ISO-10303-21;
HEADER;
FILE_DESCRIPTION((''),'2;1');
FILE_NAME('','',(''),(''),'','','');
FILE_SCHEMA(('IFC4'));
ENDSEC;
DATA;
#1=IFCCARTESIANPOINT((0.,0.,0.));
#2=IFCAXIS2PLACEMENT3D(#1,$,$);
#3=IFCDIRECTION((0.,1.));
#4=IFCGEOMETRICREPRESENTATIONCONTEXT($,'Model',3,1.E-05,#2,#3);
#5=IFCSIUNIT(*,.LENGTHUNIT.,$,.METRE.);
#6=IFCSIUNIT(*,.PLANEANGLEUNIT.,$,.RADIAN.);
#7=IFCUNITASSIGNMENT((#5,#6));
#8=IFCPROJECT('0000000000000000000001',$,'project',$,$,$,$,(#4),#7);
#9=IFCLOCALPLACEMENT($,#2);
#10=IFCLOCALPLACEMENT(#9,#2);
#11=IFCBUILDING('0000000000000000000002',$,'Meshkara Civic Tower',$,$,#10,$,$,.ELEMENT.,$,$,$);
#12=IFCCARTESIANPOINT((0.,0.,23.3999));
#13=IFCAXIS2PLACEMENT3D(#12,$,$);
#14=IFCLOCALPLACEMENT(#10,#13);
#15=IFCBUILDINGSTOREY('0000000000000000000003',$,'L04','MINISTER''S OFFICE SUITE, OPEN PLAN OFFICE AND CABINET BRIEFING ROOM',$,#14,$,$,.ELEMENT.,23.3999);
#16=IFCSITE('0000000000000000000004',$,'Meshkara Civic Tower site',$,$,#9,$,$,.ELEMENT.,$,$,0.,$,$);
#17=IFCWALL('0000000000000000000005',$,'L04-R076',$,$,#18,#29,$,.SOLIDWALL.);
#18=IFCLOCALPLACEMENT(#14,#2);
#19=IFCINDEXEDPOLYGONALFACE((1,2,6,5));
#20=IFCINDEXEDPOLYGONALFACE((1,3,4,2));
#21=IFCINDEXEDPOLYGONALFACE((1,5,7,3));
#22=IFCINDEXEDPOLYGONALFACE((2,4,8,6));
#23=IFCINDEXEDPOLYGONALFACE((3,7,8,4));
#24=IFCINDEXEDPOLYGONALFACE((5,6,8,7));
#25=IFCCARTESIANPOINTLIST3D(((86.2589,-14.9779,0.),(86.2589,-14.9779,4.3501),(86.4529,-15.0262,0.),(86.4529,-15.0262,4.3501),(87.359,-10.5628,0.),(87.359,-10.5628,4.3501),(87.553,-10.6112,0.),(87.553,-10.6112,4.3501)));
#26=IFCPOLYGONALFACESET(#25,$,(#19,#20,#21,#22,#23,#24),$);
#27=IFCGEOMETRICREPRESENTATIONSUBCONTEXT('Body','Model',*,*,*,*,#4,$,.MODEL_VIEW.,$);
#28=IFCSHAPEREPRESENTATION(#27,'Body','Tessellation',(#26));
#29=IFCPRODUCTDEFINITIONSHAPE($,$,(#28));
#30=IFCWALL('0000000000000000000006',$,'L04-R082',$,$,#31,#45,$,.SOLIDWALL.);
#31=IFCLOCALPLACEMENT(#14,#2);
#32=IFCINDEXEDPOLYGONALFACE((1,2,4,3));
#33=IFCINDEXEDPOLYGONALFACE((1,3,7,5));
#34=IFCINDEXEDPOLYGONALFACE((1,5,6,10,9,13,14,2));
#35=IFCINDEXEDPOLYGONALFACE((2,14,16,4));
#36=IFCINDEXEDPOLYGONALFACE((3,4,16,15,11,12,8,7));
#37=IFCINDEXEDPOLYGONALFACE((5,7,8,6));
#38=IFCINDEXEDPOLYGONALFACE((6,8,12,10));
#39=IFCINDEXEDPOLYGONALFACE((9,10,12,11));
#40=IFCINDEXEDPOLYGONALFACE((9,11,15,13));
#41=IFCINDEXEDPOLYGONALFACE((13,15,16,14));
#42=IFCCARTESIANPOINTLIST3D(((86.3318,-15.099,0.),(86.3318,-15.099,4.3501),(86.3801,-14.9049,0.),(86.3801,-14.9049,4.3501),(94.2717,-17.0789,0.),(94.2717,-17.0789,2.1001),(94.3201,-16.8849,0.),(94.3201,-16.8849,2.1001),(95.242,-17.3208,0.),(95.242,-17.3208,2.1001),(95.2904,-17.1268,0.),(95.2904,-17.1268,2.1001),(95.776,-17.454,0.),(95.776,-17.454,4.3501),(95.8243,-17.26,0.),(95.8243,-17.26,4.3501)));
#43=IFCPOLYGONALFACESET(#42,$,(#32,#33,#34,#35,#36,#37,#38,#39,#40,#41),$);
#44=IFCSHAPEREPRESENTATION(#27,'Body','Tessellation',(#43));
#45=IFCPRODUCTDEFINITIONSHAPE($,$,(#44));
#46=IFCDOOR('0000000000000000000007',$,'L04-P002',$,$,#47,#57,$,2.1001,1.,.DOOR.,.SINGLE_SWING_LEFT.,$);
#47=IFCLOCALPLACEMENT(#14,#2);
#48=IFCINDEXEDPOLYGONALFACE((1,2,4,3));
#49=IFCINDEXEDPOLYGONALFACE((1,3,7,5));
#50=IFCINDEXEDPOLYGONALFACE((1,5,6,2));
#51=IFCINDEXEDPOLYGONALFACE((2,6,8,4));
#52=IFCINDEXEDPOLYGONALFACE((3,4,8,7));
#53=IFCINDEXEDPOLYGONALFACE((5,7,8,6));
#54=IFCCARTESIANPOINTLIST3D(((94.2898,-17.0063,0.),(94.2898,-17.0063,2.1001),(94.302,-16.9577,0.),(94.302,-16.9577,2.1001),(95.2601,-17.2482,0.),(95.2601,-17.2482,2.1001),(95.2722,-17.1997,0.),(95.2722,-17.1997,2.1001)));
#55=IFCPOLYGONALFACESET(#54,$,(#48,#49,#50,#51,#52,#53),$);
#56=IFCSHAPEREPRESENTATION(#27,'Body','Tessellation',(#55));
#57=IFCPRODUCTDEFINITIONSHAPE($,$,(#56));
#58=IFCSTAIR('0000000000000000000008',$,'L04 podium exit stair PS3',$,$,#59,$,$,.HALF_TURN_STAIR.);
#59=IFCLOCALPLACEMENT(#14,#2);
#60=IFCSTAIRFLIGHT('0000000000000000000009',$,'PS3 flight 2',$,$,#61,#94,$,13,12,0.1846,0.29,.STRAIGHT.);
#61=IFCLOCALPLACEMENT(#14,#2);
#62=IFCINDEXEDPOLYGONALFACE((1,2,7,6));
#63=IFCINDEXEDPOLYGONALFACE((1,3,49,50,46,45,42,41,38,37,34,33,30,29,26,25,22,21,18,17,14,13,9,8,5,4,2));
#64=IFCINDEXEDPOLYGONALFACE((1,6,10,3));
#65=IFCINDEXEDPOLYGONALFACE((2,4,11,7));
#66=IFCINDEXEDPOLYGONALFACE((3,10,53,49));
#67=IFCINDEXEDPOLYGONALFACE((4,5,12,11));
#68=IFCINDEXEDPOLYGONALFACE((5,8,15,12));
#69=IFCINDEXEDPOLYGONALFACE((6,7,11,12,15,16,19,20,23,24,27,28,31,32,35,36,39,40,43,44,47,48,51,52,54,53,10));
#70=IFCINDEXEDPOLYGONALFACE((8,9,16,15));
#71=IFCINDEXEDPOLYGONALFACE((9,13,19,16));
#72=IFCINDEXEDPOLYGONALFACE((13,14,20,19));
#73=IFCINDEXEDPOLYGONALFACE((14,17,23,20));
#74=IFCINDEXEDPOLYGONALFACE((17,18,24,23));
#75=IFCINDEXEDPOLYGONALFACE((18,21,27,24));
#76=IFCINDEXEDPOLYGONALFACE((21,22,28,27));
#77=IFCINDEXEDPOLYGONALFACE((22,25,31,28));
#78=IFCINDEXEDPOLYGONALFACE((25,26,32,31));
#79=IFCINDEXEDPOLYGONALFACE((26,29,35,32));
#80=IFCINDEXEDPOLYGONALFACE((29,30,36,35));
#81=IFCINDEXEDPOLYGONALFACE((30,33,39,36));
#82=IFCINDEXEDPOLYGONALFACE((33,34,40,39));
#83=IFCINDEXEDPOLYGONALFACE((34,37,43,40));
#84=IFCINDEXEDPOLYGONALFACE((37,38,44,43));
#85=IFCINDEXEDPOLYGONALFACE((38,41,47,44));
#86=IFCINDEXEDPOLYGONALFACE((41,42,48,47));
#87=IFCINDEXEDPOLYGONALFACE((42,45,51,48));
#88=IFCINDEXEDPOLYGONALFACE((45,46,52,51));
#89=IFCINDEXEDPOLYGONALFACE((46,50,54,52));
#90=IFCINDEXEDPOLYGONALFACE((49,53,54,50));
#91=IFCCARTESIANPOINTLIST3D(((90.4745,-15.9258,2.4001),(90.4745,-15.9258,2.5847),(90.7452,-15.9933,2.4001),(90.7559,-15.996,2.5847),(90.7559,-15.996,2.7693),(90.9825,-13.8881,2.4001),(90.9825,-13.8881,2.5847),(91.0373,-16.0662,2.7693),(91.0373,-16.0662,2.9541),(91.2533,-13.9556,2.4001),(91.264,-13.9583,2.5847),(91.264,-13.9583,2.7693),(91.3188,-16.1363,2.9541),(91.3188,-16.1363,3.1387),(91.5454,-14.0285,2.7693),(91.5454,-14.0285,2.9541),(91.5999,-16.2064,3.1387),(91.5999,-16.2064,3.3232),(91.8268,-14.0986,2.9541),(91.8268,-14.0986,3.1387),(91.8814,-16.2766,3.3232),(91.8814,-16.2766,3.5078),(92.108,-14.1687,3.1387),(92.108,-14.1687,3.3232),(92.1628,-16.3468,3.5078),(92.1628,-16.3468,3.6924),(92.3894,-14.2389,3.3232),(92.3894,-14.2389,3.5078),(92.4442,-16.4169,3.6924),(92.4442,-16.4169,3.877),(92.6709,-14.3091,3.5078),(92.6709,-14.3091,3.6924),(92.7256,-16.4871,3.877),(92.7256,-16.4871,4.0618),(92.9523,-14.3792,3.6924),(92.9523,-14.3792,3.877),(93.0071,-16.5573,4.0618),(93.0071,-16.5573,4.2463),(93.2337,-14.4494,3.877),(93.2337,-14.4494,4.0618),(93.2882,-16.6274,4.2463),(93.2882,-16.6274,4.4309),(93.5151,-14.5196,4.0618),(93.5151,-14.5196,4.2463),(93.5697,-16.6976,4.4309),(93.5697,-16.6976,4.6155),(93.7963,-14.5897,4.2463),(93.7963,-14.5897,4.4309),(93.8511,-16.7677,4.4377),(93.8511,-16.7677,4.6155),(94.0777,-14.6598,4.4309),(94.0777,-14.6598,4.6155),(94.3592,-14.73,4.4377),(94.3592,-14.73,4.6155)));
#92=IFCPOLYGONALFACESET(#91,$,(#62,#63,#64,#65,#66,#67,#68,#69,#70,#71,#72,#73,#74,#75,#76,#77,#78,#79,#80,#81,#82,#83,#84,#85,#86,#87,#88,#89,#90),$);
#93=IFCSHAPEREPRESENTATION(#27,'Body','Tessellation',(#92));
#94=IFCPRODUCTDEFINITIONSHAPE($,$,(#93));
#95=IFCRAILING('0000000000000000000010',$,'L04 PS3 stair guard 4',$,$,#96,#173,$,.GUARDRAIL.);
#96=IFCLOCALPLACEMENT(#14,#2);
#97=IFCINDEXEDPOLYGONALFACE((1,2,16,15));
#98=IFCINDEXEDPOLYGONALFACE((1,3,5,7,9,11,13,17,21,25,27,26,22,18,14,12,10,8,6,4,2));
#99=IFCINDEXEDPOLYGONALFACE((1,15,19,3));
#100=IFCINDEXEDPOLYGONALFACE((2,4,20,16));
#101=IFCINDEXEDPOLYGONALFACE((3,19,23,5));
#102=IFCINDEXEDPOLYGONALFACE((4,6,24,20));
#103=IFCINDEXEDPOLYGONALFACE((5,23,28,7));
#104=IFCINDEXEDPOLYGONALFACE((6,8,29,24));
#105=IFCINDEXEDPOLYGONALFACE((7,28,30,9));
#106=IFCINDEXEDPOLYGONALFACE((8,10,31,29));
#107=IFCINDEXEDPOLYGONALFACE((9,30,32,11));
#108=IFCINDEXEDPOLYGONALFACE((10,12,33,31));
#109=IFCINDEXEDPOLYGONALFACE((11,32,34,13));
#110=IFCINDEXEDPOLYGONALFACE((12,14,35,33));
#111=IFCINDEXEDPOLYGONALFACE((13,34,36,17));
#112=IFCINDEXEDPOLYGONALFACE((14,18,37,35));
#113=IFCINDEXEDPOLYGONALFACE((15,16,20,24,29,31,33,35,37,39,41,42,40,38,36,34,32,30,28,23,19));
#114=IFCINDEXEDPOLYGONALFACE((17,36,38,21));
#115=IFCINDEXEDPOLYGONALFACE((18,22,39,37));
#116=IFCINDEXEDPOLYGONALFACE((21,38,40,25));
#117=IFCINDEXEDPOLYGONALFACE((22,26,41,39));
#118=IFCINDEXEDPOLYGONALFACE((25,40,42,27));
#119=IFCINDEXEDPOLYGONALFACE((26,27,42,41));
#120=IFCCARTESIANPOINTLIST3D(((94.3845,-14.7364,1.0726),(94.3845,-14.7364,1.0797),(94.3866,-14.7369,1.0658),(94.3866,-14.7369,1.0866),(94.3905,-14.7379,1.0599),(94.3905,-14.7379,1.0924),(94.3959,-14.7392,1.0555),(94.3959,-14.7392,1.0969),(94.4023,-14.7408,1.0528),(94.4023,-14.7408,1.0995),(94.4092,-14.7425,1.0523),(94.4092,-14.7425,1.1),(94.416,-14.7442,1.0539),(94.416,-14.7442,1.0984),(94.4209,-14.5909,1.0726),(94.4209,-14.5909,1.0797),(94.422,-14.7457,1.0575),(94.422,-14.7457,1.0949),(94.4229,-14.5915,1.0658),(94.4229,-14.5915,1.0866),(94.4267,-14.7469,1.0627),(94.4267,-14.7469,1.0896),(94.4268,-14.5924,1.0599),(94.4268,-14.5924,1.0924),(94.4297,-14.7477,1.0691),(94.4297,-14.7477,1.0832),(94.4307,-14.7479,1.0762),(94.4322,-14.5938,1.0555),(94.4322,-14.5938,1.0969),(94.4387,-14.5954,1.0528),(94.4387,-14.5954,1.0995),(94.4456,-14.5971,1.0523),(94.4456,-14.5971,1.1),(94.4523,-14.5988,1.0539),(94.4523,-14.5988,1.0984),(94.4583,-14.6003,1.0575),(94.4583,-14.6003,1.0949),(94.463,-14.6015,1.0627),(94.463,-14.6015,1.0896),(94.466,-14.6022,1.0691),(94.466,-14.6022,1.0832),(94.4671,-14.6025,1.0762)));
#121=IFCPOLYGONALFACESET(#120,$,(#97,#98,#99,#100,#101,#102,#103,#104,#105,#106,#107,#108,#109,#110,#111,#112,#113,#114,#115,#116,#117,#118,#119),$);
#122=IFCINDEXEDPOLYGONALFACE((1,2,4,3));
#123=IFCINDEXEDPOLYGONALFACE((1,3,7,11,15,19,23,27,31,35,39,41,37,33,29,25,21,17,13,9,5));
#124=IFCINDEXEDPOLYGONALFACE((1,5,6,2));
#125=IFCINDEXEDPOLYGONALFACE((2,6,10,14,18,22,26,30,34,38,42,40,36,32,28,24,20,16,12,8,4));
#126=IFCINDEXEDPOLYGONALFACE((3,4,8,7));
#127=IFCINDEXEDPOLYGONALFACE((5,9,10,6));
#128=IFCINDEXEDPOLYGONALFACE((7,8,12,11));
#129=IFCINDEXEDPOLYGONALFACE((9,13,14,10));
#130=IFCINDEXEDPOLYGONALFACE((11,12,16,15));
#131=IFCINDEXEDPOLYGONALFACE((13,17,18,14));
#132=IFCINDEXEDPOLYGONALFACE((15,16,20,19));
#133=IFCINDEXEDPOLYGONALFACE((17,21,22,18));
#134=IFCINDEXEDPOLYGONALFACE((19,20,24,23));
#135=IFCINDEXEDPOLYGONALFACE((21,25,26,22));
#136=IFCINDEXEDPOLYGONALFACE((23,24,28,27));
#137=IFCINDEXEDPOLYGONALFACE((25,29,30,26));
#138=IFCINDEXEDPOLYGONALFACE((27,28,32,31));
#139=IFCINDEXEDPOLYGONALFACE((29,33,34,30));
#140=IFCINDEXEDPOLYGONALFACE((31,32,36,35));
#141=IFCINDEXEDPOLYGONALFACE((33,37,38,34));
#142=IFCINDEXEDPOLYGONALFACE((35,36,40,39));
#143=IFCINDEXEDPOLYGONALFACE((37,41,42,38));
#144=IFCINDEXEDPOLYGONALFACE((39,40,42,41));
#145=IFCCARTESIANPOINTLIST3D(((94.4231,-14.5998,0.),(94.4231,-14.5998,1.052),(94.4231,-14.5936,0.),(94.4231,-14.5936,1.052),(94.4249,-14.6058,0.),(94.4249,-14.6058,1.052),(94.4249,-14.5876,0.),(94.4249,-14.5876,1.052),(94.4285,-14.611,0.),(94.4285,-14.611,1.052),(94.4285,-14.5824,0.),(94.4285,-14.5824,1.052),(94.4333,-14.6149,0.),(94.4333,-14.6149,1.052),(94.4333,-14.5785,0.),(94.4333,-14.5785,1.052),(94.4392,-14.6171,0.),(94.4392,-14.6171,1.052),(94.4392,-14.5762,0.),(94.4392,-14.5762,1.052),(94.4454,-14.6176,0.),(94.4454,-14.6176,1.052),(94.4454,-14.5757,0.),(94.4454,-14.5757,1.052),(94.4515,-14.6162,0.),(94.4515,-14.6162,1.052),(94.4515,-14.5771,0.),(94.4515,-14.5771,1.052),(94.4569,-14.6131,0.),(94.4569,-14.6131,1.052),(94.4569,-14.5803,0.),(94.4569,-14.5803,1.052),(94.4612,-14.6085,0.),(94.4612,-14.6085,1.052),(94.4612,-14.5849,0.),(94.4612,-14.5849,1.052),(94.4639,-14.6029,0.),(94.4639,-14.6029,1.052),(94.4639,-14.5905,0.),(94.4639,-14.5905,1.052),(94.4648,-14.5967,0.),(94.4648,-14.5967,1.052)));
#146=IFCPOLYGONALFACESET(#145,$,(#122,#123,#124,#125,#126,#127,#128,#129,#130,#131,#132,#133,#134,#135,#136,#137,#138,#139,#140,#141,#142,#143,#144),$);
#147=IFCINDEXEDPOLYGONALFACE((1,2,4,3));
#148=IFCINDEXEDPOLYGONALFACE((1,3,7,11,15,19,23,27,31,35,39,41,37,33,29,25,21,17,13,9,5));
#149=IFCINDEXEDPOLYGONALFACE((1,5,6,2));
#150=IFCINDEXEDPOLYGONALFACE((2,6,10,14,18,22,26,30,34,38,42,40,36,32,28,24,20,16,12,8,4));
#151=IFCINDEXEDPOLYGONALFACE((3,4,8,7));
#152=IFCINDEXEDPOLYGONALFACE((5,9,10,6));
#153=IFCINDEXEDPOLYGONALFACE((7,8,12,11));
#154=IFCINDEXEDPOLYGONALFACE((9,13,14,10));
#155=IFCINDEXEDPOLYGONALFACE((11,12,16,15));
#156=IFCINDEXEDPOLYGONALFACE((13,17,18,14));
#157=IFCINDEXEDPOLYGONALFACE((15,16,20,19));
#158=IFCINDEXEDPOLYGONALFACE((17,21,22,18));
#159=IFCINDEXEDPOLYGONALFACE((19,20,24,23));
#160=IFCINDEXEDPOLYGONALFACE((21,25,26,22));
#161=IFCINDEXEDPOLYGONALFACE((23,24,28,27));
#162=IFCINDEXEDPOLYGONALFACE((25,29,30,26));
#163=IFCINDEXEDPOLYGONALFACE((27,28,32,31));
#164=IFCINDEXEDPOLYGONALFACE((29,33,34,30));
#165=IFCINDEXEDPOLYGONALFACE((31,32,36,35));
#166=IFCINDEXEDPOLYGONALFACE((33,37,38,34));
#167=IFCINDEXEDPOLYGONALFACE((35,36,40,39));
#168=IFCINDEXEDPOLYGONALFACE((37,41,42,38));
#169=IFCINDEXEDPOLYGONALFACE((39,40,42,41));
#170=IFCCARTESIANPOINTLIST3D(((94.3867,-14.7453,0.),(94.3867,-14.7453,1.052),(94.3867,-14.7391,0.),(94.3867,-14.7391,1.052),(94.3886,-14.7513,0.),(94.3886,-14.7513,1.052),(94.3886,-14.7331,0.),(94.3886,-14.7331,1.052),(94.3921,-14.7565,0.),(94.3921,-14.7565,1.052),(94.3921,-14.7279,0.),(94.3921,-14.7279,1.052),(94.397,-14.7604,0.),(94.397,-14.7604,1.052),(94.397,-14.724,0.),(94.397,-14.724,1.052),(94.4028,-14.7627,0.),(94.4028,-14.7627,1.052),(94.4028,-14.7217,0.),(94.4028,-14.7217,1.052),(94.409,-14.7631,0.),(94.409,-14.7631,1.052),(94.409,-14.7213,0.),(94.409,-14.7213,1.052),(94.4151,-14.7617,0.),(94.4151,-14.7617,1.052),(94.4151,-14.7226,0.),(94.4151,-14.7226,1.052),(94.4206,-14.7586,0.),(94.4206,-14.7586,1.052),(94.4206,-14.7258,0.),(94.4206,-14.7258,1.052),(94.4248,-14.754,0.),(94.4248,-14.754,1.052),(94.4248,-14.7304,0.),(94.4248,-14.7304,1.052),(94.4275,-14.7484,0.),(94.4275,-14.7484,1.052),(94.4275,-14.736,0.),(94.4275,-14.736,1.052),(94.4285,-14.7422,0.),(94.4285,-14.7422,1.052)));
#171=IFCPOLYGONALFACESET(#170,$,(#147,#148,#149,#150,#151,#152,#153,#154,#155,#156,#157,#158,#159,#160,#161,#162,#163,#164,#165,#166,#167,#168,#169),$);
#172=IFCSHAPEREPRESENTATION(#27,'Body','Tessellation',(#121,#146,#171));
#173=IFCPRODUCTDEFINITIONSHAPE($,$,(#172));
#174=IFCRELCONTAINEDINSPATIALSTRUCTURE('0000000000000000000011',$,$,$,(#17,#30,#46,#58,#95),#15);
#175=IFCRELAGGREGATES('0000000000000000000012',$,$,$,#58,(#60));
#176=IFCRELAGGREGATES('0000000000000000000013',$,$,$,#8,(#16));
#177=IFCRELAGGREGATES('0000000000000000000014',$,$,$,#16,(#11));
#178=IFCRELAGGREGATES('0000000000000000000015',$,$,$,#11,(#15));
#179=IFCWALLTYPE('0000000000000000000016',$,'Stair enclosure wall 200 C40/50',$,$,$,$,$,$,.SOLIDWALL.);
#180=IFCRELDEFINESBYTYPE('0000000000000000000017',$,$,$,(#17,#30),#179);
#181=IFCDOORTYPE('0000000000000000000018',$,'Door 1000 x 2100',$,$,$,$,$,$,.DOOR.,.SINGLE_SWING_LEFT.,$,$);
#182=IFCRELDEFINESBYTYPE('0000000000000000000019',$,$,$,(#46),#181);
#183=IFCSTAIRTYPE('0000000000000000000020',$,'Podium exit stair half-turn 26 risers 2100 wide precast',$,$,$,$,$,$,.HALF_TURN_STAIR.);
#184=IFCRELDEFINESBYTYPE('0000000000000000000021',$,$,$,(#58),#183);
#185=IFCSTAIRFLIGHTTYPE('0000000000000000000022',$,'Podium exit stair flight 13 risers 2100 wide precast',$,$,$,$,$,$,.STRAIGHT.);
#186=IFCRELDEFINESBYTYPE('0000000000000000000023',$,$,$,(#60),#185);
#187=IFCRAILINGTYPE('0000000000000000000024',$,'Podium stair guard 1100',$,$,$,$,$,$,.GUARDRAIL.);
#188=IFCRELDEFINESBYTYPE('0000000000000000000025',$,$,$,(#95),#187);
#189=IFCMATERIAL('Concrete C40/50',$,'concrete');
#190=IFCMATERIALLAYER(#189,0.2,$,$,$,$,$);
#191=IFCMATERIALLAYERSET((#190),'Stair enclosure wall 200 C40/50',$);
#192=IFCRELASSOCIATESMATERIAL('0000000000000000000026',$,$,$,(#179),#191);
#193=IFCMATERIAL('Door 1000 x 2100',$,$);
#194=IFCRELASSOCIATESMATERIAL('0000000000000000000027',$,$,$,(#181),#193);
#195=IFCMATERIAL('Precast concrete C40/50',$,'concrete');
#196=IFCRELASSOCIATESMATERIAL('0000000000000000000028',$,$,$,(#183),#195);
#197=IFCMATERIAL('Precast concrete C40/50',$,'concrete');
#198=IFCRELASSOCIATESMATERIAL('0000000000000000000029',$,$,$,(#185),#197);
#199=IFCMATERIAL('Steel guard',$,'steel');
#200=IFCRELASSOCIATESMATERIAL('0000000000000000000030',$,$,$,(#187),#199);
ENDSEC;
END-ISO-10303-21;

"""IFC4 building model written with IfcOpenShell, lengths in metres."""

from ifc_helpers import new_model, si_unit, direction, frame, frame_2d, origin, origin_2d, place, context, subcontext, project, spatial, polyline, rectangle, circle, outline, extrude, material, layer, layer_set, type_object, element, fill, aggregate, save


model = new_model("IFC4")

# Units and contexts
model_context = context("Model", 3, precision=1e-05, world=origin(), true_north=direction((0.0, 1.0)))
body_context = subcontext(model_context, "Body", "Model", "MODEL_VIEW")
ifc_project = project(units=[si_unit("LENGTHUNIT", "METRE"), si_unit("PLANEANGLEUNIT", "RADIAN")], contexts=[model_context])

# Site, building, storey
site_placement = place(None, origin())
site = spatial("IfcSite", under=ifc_project, at=site_placement, Name="Meshkara Civic Tower site", CompositionType="ELEMENT", RefElevation=0.0)
building_placement = place(site_placement, origin())
building = spatial("IfcBuilding", under=site, at=building_placement, Name="Meshkara Civic Tower", CompositionType="ELEMENT")
storey_placement = place(building_placement, frame((0.0, 0.0, 23.3999)))
storey = spatial("IfcBuildingStorey", under=building, at=storey_placement, Name="L04", Description="MINISTER'S OFFICE SUITE, OPEN PLAN OFFICE AND CABINET BRIEFING ROOM", CompositionType="ELEMENT", Elevation=23.3999)

# Wall
ifc_material_1 = material(Name="Concrete C40/50", Category="concrete")
ifc_layer_1 = layer(ifc_material_1, 0.2)
ifc_layer_set_1 = layer_set([ifc_layer_1], Name="Stair enclosure wall 200 C40/50")
wall_type_1 = type_object("IfcWallType", Name="Stair enclosure wall 200 C40/50", PredefinedType="SOLIDWALL", material=ifc_layer_set_1)
wall_1_placement = place(storey_placement, frame((86.356, -15.002, 0.0), z_axis=(0.0, 0.0, 1.0), x_axis=(0.241778, 0.970332, 0.0)))
element("IfcWall", 1, at=wall_1_placement, inside=storey, type_object=wall_type_1, Name="L04-R076", PredefinedType="SOLIDWALL", context=body_context, shape_type="SweptSolid", body=[
    extrude(rectangle(XDim=4.55, YDim=0.2, at=frame_2d((2.2749, 0.0))), origin(), (0.0, 0.0, 1.0), 4.3501),
])

# Wall, opening, door
wall_2_placement = place(storey_placement, frame((86.356, -15.002, 0.0), z_axis=(0.0, 0.0, 1.0), x_axis=(0.970288, -0.241951, 0.0)))
wall_2 = element("IfcWall", 2, at=wall_2_placement, inside=storey, type_object=wall_type_1, Name="L04-R082", PredefinedType="SOLIDWALL", context=body_context, shape_type="SweptSolid", body=[
    extrude(rectangle(XDim=9.7334, YDim=0.2, at=frame_2d((4.8667, 0.0))), origin(), (0.0, 0.0, 1.0), 4.3501),
])
opening_1_placement = place(wall_2_placement, frame((8.1831, 0.0, 0.0)))
opening_1 = element("IfcOpeningElement", 3, at=opening_1_placement, cuts=wall_2, PredefinedType="OPENING", context=body_context, shape_type="SweptSolid", body=[
    extrude(rectangle(XDim=1.0, YDim=2.1001, at=frame_2d((0.5, 1.05))), frame((0.0, 0.1099, 0.0), z_axis=(0.0, -1.0, 0.0), x_axis=(1.0, 0.0, 0.0)), (0.0, 0.0, 1.0), 0.22),
])
ifc_material_2 = material(Name="Door 1000 x 2100")
door_type = type_object("IfcDoorType", Name="Door 1000 x 2100", OperationType="SINGLE_SWING_LEFT", PredefinedType="DOOR", material=ifc_material_2)
door_placement = place(opening_1_placement, origin())
door = element("IfcDoor", 4, at=door_placement, inside=storey, type_object=door_type, Name="L04-P002", OperationType="SINGLE_SWING_LEFT", OverallHeight=2.1001, OverallWidth=1.0, PredefinedType="DOOR", context=body_context, shape_type="SweptSolid", body=[
    extrude(rectangle(XDim=1.0, YDim=2.1001, at=frame_2d((0.5, 1.05))), frame((0.0, 0.0249, 0.0), z_axis=(0.0, -1.0, 0.0), x_axis=(1.0, 0.0, 0.0)), (0.0, 0.0, 1.0), 0.05),
])
fill(opening_1, door)

# Stair, stair flight
ifc_material_3 = material(Name="Precast concrete C40/50", Category="concrete")
stair_type = type_object("IfcStairType", Name="Podium exit stair half-turn 26 risers 2100 wide precast", PredefinedType="HALF_TURN_STAIR", material=ifc_material_3)
stair_placement = place(storey_placement, origin())
stair = element("IfcStair", 5, at=stair_placement, inside=storey, type_object=stair_type, Name="L04 podium exit stair PS3", PredefinedType="HALF_TURN_STAIR")
ifc_material_4 = material(Name="Precast concrete C40/50", Category="concrete")
stair_flight_type = type_object("IfcStairFlightType", Name="Podium exit stair flight 13 risers 2100 wide precast", PredefinedType="STRAIGHT", material=ifc_material_4)
stair_flight_placement = place(storey_placement, frame((90.7285, -14.907, 2.4001), z_axis=(0.0, 0.0, 1.0), x_axis=(0.970296, -0.241922, 0.0)))
stair_flight = element("IfcStairFlight", 6, at=stair_flight_placement, type_object=stair_flight_type, Name="PS3 flight 2", NumberOfRisers=13, NumberOfTreads=12, PredefinedType="STRAIGHT", RiserHeight=0.1846, TreadLength=0.29, context=body_context, shape_type="SweptSolid", body=[
    extrude(outline(polyline([(0.0, 0.0), (0.0, 0.1846), (0.29, 0.1846), (0.29, 0.3691), (0.5801, 0.3691), (0.5801, 0.554), (0.8701, 0.554), (0.8701, 0.7385), (1.1599, 0.7385), (1.1599, 0.9231), (1.45, 0.9231), (1.45, 1.1077), (1.74, 1.1077), (1.74, 1.2922), (2.03, 1.2922), (2.03, 1.4768), (2.3201, 1.4768), (2.3201, 1.6616), (2.6101, 1.6616), (2.6101, 1.8462), (2.8999, 1.8462), (2.8999, 2.0308), (3.1899, 2.0308), (3.1899, 2.2153), (3.48, 2.2153), (3.48, 2.3999), (3.48, 2.0376), (0.2791, 0.0), (0.0, 0.0)])), frame((0.0, 1.05, 0.0), z_axis=(0.0, -1.0, 0.0), x_axis=(1.0, 0.0, 0.0)), (0.0, 0.0, 1.0), 2.1001),
])
aggregate(stair, [stair_flight])

# Railing
ifc_material_5 = material(Name="Steel guard", Category="steel")
railing_type_1 = type_object("IfcRailingType", Name="Podium stair guard 1100", PredefinedType="GUARDRAIL", material=ifc_material_5)
railing_1_placement = place(storey_placement, frame((94.4438, -14.5967, 0.0)))
element("IfcRailing", 7, at=railing_1_placement, inside=storey, type_object=railing_type_1, Name="L04 PS3 stair guard 4", PredefinedType="GUARDRAIL", context=body_context, shape_type="SweptSolid", body=[
    extrude(circle(Radius=0.0239, at=origin_2d()), frame((0.0, 0.0, 1.0762), z_axis=(-0.242536, -0.970143, 0.0), x_axis=(0.970143, -0.242536, 0.0)), (0.0, 0.0, 1.0), 0.1499),
    extrude(circle(Radius=0.021, at=origin_2d()), origin(), (0.0, 0.0, 1.0), 1.052),
    extrude(circle(Radius=0.021, at=origin_2d()), frame((-0.0364, -0.1455, 0.0)), (0.0, 0.0, 1.0), 1.052),
])

save(model, "model.ifc")
